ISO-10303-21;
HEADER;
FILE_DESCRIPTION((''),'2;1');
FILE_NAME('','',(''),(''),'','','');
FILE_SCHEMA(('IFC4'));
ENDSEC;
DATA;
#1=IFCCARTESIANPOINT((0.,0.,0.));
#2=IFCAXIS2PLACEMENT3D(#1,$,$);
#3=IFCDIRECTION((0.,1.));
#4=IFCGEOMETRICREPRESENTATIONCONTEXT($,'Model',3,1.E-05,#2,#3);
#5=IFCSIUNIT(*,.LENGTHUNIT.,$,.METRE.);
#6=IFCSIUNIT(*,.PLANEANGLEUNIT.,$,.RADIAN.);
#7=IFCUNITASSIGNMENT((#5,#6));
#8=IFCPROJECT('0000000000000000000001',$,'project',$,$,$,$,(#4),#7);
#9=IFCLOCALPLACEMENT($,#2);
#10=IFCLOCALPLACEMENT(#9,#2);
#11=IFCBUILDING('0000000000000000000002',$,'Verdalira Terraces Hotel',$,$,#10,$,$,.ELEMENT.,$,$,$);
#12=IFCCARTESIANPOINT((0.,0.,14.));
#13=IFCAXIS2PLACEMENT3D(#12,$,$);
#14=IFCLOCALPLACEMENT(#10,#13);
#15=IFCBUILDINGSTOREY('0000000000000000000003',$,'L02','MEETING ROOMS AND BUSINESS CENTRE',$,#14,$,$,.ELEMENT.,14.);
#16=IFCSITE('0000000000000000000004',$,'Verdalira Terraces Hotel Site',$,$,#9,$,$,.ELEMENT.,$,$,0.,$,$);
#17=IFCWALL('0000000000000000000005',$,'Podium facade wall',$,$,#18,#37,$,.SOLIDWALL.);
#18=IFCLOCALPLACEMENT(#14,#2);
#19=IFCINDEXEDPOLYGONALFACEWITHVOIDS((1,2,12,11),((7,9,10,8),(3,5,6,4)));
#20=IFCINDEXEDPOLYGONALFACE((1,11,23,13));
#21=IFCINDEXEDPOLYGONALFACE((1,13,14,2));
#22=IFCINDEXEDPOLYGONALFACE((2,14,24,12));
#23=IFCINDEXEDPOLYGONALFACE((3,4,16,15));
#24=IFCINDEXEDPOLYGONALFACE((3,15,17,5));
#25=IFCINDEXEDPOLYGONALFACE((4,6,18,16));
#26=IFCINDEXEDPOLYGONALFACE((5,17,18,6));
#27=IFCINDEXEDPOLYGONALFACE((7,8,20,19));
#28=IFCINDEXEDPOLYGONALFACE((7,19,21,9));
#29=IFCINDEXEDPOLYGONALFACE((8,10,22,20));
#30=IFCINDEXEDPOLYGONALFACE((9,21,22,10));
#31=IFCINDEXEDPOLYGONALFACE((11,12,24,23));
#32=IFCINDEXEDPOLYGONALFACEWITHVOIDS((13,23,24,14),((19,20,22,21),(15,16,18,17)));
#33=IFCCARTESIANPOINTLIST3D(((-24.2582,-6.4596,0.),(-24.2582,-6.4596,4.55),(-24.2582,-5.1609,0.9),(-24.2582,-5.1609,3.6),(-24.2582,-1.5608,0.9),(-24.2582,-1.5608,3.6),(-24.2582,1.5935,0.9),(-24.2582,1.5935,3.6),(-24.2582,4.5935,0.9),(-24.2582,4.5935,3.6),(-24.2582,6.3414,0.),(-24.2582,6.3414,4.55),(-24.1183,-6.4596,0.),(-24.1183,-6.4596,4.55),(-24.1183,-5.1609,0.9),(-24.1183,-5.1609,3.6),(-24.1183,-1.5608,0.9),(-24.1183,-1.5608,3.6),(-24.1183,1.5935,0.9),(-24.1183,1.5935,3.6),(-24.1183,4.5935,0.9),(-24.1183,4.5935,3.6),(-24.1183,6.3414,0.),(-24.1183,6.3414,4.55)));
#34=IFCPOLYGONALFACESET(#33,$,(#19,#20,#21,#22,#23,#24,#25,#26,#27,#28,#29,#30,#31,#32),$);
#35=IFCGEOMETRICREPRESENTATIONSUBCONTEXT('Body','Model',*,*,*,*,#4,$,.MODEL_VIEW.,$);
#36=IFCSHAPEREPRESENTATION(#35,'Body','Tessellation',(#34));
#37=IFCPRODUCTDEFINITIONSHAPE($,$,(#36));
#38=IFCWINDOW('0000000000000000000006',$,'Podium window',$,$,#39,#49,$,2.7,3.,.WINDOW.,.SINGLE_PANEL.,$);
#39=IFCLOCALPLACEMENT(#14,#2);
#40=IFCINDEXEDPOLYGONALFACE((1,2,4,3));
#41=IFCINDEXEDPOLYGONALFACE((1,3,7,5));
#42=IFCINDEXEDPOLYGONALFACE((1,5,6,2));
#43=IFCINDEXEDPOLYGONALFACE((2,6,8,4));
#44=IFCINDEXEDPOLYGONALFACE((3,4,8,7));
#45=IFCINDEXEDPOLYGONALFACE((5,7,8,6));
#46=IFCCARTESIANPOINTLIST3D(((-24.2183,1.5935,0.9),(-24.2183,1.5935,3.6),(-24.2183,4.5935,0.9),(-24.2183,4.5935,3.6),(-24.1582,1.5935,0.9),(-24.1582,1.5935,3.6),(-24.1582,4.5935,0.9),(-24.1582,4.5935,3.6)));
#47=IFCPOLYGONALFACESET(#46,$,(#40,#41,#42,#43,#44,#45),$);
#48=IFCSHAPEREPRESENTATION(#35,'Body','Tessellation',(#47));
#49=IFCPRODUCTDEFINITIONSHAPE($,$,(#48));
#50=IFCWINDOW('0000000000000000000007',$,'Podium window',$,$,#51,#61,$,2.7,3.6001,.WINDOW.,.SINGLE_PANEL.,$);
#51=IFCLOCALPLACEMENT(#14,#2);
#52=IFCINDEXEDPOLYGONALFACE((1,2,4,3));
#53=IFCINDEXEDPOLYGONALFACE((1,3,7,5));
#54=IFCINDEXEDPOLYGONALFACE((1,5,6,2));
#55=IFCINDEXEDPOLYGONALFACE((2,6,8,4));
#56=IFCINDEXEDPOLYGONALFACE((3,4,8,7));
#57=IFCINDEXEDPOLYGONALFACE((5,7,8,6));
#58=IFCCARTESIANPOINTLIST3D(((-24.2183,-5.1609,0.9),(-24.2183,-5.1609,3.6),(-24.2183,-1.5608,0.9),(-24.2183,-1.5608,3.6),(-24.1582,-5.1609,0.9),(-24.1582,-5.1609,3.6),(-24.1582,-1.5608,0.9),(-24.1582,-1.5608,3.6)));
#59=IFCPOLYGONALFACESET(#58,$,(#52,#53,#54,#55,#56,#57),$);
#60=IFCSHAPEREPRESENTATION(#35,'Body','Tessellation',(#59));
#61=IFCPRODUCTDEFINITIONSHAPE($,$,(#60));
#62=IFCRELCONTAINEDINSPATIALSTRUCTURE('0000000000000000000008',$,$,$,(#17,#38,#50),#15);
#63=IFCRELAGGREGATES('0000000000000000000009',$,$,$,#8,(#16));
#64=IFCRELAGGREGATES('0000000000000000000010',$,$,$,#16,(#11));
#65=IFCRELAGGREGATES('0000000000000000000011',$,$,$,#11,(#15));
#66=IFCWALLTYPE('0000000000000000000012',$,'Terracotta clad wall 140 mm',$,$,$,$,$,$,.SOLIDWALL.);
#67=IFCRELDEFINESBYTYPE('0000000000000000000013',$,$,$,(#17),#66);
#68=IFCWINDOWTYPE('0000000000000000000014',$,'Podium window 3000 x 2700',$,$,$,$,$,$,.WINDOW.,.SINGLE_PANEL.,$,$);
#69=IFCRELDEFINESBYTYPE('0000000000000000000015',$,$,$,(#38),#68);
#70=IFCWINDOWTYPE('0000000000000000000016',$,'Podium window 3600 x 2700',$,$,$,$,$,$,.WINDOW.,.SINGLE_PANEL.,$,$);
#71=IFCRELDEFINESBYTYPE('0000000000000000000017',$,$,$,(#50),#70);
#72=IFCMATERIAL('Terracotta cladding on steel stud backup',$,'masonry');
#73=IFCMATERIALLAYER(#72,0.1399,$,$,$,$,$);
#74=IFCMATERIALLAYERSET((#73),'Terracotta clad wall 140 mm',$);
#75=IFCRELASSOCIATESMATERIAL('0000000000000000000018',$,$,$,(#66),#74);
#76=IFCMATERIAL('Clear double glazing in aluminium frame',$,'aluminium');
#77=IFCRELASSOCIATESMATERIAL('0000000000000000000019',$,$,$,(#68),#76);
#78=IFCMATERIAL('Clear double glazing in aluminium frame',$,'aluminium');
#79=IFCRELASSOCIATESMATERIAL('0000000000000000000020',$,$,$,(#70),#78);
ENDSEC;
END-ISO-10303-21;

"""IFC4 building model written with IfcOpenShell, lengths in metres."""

from ifc_helpers import new_model, si_unit, direction, frame, frame_2d, origin, place, context, subcontext, project, spatial, rectangle, extrude, material, layer, layer_set, type_object, element, fill, save


model = new_model("IFC4")

# Units and contexts
model_context = context("Model", 3, precision=1e-05, world=origin(), true_north=direction((0.0, 1.0)))
body_context = subcontext(model_context, "Body", "Model", "MODEL_VIEW")
ifc_project = project(units=[si_unit("LENGTHUNIT", "METRE"), si_unit("PLANEANGLEUNIT", "RADIAN")], contexts=[model_context])

# Site, building, storey
site_placement = place(None, origin())
site = spatial("IfcSite", under=ifc_project, at=site_placement, Name="Verdalira Terraces Hotel Site", CompositionType="ELEMENT", RefElevation=0.0)
building_placement = place(site_placement, origin())
building = spatial("IfcBuilding", under=site, at=building_placement, Name="Verdalira Terraces Hotel", CompositionType="ELEMENT")
storey_placement = place(building_placement, frame((0.0, 0.0, 14.0)))
storey = spatial("IfcBuildingStorey", under=building, at=storey_placement, Name="L02", Description="MEETING ROOMS AND BUSINESS CENTRE", CompositionType="ELEMENT", Elevation=14.0)

# Wall, openings, windows
ifc_material_1 = material(Name="Terracotta cladding on steel stud backup", Category="masonry")
ifc_layer_1 = layer(ifc_material_1, 0.1399)
ifc_layer_set_1 = layer_set([ifc_layer_1], Name="Terracotta clad wall 140 mm")
wall_type_1 = type_object("IfcWallType", Name="Terracotta clad wall 140 mm", PredefinedType="SOLIDWALL", material=ifc_layer_set_1)
wall_1_placement = place(storey_placement, frame((-24.1882, 6.3413, 0.0), z_axis=(0.0, 0.0, 1.0), x_axis=(0.0, -1.0, 0.0)))
wall_1 = element("IfcWall", 1, at=wall_1_placement, inside=storey, type_object=wall_type_1, Name="Podium facade wall", PredefinedType="SOLIDWALL", context=body_context, shape_type="SweptSolid", body=[
    extrude(rectangle(XDim=12.801, YDim=0.1399, at=frame_2d((6.4004, 0.0))), origin(), (0.0, 0.0, 1.0), 4.55),
])
opening_1_placement = place(wall_1_placement, frame((1.7478, 0.0, 0.8999)))
opening_1 = element("IfcOpeningElement", 2, at=opening_1_placement, cuts=wall_1, PredefinedType="OPENING", context=body_context, shape_type="SweptSolid", body=[
    extrude(rectangle(XDim=3.0, YDim=2.7, at=frame_2d((1.5, 1.3501))), frame((0.0, 0.0798, 0.0), z_axis=(0.0, -1.0, 0.0), x_axis=(1.0, 0.0, 0.0)), (0.0, 0.0, 1.0), 0.1599),
])
opening_2_placement = place(wall_1_placement, frame((7.9021, 0.0, 0.8999)))
opening_2 = element("IfcOpeningElement", 3, at=opening_2_placement, cuts=wall_1, PredefinedType="OPENING", context=body_context, shape_type="SweptSolid", body=[
    extrude(rectangle(XDim=3.6001, YDim=2.7, at=frame_2d((1.8, 1.3501))), frame((0.0, 0.0798, 0.0), z_axis=(0.0, -1.0, 0.0), x_axis=(1.0, 0.0, 0.0)), (0.0, 0.0, 1.0), 0.1599),
])
ifc_material_2 = material(Name="Clear double glazing in aluminium frame", Category="aluminium")
window_type_1 = type_object("IfcWindowType", Name="Podium window 3000 x 2700", PartitioningType="SINGLE_PANEL", PredefinedType="WINDOW", material=ifc_material_2)
window_1_placement = place(opening_1_placement, origin())
window_1 = element("IfcWindow", 4, at=window_1_placement, inside=storey, type_object=window_type_1, Name="Podium window", OverallHeight=2.7, OverallWidth=3.0, PartitioningType="SINGLE_PANEL", PredefinedType="WINDOW", context=body_context, shape_type="SweptSolid", body=[
    extrude(rectangle(XDim=3.0, YDim=2.7, at=frame_2d((1.5, 1.3501))), frame((0.0, 0.03, 0.0), z_axis=(0.0, -1.0, 0.0), x_axis=(1.0, 0.0, 0.0)), (0.0, 0.0, 1.0), 0.0601),
])
fill(opening_1, window_1)
ifc_material_3 = material(Name="Clear double glazing in aluminium frame", Category="aluminium")
window_type_2 = type_object("IfcWindowType", Name="Podium window 3600 x 2700", PartitioningType="SINGLE_PANEL", PredefinedType="WINDOW", material=ifc_material_3)
window_2_placement = place(opening_2_placement, origin())
window_2 = element("IfcWindow", 5, at=window_2_placement, inside=storey, type_object=window_type_2, Name="Podium window", OverallHeight=2.7, OverallWidth=3.6001, PartitioningType="SINGLE_PANEL", PredefinedType="WINDOW", context=body_context, shape_type="SweptSolid", body=[
    extrude(rectangle(XDim=3.6001, YDim=2.7, at=frame_2d((1.8, 1.3501))), frame((0.0, 0.03, 0.0), z_axis=(0.0, -1.0, 0.0), x_axis=(1.0, 0.0, 0.0)), (0.0, 0.0, 1.0), 0.0601),
])
fill(opening_2, window_2)

save(model, "model.ifc")
